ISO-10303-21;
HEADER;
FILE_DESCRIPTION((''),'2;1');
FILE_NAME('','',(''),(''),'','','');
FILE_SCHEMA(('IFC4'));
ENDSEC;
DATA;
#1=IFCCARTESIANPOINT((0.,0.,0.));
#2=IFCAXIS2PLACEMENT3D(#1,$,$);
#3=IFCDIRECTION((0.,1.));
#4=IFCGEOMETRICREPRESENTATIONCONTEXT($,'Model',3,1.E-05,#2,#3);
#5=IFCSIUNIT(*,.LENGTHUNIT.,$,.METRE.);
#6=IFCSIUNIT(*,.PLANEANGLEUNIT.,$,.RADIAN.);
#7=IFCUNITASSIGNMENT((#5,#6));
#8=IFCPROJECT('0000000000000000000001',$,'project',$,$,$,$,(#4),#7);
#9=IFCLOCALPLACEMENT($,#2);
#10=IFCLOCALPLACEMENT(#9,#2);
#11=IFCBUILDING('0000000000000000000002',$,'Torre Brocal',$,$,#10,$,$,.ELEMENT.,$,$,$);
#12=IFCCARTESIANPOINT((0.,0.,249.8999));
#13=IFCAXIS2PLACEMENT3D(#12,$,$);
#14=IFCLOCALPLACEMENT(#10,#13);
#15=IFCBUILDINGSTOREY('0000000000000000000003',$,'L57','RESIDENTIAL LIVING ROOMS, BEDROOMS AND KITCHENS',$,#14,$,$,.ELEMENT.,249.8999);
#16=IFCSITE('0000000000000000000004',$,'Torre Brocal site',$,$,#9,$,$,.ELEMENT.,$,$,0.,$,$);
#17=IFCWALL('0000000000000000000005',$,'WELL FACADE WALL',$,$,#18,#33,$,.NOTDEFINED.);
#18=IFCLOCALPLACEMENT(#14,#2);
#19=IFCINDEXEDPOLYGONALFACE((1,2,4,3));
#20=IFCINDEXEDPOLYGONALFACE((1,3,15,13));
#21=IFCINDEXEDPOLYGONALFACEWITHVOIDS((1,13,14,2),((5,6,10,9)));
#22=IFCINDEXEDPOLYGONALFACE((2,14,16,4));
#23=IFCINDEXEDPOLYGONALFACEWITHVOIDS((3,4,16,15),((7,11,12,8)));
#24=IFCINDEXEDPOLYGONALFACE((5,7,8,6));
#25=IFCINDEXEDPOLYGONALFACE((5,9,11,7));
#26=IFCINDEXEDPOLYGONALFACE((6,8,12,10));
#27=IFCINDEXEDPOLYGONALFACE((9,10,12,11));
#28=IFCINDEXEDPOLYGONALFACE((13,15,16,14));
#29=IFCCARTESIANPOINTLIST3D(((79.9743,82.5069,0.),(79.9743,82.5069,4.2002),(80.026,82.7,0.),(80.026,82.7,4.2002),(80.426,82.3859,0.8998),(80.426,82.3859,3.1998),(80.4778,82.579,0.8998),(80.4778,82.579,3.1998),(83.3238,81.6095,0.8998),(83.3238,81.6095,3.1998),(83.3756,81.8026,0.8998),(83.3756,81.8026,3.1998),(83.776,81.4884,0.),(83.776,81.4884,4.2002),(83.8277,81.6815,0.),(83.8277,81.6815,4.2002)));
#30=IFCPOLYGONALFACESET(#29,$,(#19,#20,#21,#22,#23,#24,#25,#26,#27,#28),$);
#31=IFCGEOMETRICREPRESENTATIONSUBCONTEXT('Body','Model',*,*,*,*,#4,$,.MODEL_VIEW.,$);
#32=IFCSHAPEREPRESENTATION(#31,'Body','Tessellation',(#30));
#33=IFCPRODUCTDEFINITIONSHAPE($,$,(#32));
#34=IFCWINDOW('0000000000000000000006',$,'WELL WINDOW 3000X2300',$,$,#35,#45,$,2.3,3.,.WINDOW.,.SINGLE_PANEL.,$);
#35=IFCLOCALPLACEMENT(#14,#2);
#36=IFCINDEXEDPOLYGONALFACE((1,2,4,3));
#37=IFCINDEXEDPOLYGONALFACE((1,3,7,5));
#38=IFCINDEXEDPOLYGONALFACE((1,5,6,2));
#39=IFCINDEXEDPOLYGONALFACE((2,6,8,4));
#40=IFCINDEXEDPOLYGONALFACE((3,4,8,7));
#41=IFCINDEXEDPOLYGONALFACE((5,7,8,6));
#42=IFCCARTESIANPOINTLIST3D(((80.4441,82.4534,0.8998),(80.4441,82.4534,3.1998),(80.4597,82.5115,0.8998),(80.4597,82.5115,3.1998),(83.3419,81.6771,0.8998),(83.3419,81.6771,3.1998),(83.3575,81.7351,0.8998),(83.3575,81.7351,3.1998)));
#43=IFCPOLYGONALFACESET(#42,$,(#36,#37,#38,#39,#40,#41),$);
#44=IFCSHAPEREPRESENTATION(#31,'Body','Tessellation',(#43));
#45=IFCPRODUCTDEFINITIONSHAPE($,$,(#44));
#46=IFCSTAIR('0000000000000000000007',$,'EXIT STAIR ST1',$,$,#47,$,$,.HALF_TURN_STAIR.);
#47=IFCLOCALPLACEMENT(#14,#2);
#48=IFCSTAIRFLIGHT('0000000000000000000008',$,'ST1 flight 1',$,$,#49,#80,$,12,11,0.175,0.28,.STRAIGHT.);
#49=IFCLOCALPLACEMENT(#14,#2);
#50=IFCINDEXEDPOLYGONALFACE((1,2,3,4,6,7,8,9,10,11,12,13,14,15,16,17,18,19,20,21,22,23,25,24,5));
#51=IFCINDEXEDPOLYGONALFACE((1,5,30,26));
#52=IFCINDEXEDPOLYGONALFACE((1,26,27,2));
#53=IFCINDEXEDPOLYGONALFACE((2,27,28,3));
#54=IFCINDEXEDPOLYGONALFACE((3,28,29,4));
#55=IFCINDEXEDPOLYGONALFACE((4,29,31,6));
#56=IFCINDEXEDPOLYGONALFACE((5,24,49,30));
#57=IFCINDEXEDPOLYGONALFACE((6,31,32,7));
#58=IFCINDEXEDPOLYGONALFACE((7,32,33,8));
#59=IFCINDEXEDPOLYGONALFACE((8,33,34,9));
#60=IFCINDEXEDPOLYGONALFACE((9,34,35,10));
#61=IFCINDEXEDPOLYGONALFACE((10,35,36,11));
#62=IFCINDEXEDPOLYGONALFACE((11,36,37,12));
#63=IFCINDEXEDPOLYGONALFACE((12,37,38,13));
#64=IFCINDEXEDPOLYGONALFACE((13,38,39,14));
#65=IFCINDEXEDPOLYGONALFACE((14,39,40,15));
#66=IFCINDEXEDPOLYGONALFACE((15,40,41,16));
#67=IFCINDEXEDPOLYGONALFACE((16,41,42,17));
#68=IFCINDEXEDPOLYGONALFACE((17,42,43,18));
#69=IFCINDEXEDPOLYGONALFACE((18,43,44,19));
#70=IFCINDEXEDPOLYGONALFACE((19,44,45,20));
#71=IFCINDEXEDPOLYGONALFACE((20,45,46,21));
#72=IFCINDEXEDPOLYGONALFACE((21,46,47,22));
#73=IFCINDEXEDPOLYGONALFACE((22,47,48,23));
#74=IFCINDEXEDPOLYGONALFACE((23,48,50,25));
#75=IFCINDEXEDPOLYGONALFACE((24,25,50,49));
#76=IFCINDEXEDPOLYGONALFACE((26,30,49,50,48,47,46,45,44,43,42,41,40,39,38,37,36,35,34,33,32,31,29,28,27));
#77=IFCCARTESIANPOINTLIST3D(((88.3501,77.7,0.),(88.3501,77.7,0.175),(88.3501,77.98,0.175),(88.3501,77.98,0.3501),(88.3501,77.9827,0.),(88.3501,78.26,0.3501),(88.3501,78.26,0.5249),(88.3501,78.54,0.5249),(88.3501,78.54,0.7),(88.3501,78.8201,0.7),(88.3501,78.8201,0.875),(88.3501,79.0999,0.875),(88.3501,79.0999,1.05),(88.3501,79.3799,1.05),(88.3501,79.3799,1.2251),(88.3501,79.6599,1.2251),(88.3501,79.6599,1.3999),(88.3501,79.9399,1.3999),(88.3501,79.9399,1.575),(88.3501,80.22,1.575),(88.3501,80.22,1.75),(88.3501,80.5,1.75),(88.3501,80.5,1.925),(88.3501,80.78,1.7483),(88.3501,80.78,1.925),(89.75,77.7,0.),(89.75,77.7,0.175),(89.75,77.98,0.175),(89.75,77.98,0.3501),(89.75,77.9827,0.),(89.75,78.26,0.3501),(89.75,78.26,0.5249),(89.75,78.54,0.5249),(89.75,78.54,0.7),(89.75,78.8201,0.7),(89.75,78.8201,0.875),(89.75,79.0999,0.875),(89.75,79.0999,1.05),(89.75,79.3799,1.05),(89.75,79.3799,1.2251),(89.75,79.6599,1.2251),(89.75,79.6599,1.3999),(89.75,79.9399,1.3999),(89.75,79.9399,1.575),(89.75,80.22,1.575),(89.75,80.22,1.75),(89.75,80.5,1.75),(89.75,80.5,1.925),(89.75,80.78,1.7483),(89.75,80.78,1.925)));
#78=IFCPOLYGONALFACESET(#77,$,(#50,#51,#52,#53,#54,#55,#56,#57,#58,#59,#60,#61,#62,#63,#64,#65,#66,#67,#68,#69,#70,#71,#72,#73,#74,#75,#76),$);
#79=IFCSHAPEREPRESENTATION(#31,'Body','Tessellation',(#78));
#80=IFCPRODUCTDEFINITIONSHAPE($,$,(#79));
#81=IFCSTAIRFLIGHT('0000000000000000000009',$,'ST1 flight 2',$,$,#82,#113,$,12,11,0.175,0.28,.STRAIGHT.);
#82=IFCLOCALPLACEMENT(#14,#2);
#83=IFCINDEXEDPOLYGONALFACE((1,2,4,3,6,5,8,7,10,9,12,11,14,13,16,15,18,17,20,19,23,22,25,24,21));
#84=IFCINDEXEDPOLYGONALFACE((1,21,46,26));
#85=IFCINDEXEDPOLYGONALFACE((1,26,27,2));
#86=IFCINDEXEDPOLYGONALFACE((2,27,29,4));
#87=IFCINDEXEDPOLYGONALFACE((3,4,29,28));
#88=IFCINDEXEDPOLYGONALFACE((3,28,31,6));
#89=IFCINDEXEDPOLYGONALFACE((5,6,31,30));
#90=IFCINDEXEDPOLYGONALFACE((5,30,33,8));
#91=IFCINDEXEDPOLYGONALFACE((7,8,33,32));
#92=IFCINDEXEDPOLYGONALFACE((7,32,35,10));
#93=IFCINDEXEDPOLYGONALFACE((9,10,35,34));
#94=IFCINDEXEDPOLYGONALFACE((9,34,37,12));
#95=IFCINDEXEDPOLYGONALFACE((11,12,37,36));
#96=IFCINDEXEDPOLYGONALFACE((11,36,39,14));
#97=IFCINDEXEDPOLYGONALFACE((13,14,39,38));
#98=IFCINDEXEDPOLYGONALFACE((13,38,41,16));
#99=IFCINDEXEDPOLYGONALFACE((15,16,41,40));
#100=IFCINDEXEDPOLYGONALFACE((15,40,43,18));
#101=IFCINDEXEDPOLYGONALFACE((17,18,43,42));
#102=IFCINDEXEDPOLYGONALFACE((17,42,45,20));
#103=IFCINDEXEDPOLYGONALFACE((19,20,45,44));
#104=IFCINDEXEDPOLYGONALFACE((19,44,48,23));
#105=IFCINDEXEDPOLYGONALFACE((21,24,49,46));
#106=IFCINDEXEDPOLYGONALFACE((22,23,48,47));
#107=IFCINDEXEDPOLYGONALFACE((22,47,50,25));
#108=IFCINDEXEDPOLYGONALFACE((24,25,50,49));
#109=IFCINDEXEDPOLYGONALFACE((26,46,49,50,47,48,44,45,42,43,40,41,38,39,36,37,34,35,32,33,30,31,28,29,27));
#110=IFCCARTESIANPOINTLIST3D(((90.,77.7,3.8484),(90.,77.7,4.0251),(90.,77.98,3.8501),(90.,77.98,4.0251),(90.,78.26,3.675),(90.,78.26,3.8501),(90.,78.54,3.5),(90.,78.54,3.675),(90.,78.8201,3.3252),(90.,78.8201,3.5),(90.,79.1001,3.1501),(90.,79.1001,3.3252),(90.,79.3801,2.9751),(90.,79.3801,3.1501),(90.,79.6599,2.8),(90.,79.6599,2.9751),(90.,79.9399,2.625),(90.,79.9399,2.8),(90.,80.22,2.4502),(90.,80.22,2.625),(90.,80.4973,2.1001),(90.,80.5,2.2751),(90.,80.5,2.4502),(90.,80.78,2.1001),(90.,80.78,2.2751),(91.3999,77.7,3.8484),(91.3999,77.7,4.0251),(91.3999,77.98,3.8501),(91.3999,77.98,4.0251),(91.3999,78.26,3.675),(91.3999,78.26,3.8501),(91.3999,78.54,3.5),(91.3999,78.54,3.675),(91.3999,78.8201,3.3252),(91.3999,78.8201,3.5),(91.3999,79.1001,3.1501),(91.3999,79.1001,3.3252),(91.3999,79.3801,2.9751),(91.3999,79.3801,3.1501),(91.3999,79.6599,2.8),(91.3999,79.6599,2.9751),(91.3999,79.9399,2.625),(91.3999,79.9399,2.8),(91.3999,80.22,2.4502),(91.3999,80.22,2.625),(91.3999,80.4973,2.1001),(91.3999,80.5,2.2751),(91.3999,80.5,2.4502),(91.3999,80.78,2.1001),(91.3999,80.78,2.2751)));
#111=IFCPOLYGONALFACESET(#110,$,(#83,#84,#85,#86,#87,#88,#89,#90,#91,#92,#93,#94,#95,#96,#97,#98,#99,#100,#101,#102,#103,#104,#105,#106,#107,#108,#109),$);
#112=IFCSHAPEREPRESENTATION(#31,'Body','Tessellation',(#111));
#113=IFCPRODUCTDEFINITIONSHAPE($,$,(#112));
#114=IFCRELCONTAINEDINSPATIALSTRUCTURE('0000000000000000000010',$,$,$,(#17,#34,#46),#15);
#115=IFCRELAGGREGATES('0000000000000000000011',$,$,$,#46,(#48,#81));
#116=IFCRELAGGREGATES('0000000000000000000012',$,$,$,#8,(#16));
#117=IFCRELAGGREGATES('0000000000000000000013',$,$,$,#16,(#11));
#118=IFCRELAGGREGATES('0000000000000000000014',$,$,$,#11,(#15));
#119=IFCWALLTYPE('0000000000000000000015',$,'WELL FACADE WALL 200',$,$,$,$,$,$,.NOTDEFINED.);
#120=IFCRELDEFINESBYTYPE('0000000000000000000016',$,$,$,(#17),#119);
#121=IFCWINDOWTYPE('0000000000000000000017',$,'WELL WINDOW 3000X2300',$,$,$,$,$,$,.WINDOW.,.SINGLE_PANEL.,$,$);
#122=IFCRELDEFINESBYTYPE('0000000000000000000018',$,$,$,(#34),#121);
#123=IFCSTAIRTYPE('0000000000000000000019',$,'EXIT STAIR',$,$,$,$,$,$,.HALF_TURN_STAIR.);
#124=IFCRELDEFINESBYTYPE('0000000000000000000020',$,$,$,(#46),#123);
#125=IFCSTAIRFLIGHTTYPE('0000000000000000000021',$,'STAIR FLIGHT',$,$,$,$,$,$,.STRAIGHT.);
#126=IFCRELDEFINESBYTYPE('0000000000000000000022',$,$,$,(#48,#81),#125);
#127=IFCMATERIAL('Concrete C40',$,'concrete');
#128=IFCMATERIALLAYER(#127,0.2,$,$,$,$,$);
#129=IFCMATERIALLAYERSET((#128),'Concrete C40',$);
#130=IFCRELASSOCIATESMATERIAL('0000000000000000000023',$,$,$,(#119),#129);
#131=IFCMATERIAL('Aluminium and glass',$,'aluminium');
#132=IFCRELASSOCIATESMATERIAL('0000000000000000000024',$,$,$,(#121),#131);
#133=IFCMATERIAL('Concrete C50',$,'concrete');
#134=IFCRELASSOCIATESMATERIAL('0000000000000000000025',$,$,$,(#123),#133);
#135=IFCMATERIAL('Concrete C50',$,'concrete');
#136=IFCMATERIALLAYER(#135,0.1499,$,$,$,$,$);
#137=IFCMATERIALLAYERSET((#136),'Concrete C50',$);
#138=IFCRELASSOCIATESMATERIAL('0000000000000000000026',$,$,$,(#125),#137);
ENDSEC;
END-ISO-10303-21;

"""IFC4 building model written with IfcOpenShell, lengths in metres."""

from ifc_helpers import new_model, si_unit, direction, frame, frame_2d, origin, place, context, subcontext, project, spatial, polyline, rectangle, outline, extrude, material, layer, layer_set, type_object, element, fill, aggregate, save


model = new_model("IFC4")

# Units and contexts
model_context = context("Model", 3, precision=1e-05, world=origin(), true_north=direction((0.0, 1.0)))
body_context = subcontext(model_context, "Body", "Model", "MODEL_VIEW")
ifc_project = project(units=[si_unit("LENGTHUNIT", "METRE"), si_unit("PLANEANGLEUNIT", "RADIAN")], contexts=[model_context])

# Site, building, storey
site_placement = place(None, origin())
site = spatial("IfcSite", under=ifc_project, at=site_placement, Name="Torre Brocal site", CompositionType="ELEMENT", RefElevation=0.0)
building_placement = place(site_placement, origin())
building = spatial("IfcBuilding", under=site, at=building_placement, Name="Torre Brocal", CompositionType="ELEMENT")
storey_placement = place(building_placement, frame((0.0, 0.0, 249.8999)))
storey = spatial("IfcBuildingStorey", under=building, at=storey_placement, Name="L57", Description="RESIDENTIAL LIVING ROOMS, BEDROOMS AND KITCHENS", CompositionType="ELEMENT", Elevation=249.8999)

# Wall, opening, window
ifc_material_1 = material(Name="Concrete C40", Category="concrete")
ifc_layer_1 = layer(ifc_material_1, 0.2)
ifc_layer_set_1 = layer_set([ifc_layer_1], Name="Concrete C40")
wall_type_1 = type_object("IfcWallType", Name="WELL FACADE WALL 200", PredefinedType="NOTDEFINED", material=ifc_layer_set_1)
ifc_material_2 = material(Name="Aluminium and glass", Category="aluminium")
window_type = type_object("IfcWindowType", Name="WELL WINDOW 3000X2300", PartitioningType="SINGLE_PANEL", PredefinedType="WINDOW", material=ifc_material_2)
wall_1_placement = place(storey_placement, frame((83.8018, 81.585, 0.0), z_axis=(0.0, 0.0, 1.0), x_axis=(-0.965934, 0.25879, 0.0)))
wall_1 = element("IfcWall", 1, at=wall_1_placement, inside=storey, type_object=wall_type_1, Name="WELL FACADE WALL", PredefinedType="NOTDEFINED", context=body_context, shape_type="SweptSolid", body=[
    extrude(rectangle(XDim=3.9358, YDim=0.2, at=frame_2d((1.9678, 0.0))), origin(), (0.0, 0.0, 1.0), 4.2002),
])
opening_1_placement = place(wall_1_placement, frame((0.468, 0.0, 0.8999)))
opening_1 = element("IfcOpeningElement", 2, at=opening_1_placement, cuts=wall_1, PredefinedType="OPENING", context=body_context, shape_type="SweptSolid", body=[
    extrude(rectangle(XDim=3.0, YDim=2.3, at=frame_2d((1.5, 1.1499))), frame((0.0, 0.1099, 0.0), z_axis=(0.0, -1.0, 0.0), x_axis=(1.0, 0.0, 0.0)), (0.0, 0.0, 1.0), 0.22),
])
window_1_placement = place(opening_1_placement, origin())
window_1 = element("IfcWindow", 3, at=window_1_placement, inside=storey, type_object=window_type, Name="WELL WINDOW 3000X2300", OverallHeight=2.3, OverallWidth=3.0, PartitioningType="SINGLE_PANEL", PredefinedType="WINDOW", context=body_context, shape_type="SweptSolid", body=[
    extrude(rectangle(XDim=3.0, YDim=2.3, at=frame_2d((1.5, 1.1499))), frame((0.0, 0.03, 0.0), z_axis=(0.0, -1.0, 0.0), x_axis=(1.0, 0.0, 0.0)), (0.0, 0.0, 1.0), 0.0601),
])
fill(opening_1, window_1)

# Stair, stair flights
ifc_material_3 = material(Name="Concrete C50", Category="concrete")
stair_type = type_object("IfcStairType", Name="EXIT STAIR", PredefinedType="HALF_TURN_STAIR", material=ifc_material_3)
stair_placement = place(storey_placement, origin())
stair = element("IfcStair", 4, at=stair_placement, inside=storey, type_object=stair_type, Name="EXIT STAIR ST1", PredefinedType="HALF_TURN_STAIR")
ifc_material_4 = material(Name="Concrete C50", Category="concrete")
ifc_layer_2 = layer(ifc_material_4, 0.1499)
ifc_layer_set_2 = layer_set([ifc_layer_2], Name="Concrete C50")
stair_flight_type = type_object("IfcStairFlightType", Name="STAIR FLIGHT", PredefinedType="STRAIGHT", material=ifc_layer_set_2)
stair_flight_1_placement = place(storey_placement, frame((89.05, 77.7, 0.0), z_axis=(0.0, 0.0, 1.0), x_axis=(0.0, 1.0, 0.0)))
stair_flight_1 = element("IfcStairFlight", 5, at=stair_flight_1_placement, type_object=stair_flight_type, Name="ST1 flight 1", NumberOfRisers=12, NumberOfTreads=11, PredefinedType="STRAIGHT", RiserHeight=0.175, TreadLength=0.28, context=body_context, shape_type="SweptSolid", body=[
    extrude(outline(polyline([(0.0, 0.0), (0.0, 0.175), (0.28, 0.175), (0.28, 0.3501), (0.5601, 0.3501), (0.5601, 0.5249), (0.8401, 0.5249), (0.8401, 0.7), (1.1201, 0.7), (1.1201, 0.875), (1.3999, 0.875), (1.3999, 1.05), (1.6799, 1.05), (1.6799, 1.2251), (1.96, 1.2251), (1.96, 1.3999), (2.24, 1.3999), (2.24, 1.575), (2.52, 1.575), (2.52, 1.75), (2.8, 1.75), (2.8, 1.925), (3.0801, 1.925), (3.0801, 2.1001), (3.0801, 1.7483), (0.2827, 0.0), (0.0, 0.0)])), frame((0.0, 0.7, 0.0), z_axis=(0.0, -1.0, 0.0), x_axis=(1.0, 0.0, 0.0)), (0.0, 0.0, 1.0), 1.3999),
])
stair_flight_2_placement = place(storey_placement, frame((90.7, 80.78, 2.1001), z_axis=(0.0, 0.0, 1.0), x_axis=(0.0, -1.0, 0.0)))
stair_flight_2 = element("IfcStairFlight", 6, at=stair_flight_2_placement, type_object=stair_flight_type, Name="ST1 flight 2", NumberOfRisers=12, NumberOfTreads=11, PredefinedType="STRAIGHT", RiserHeight=0.175, TreadLength=0.28, context=body_context, shape_type="SweptSolid", body=[
    extrude(outline(polyline([(0.0, 0.0), (0.0, 0.175), (0.28, 0.175), (0.28, 0.3501), (0.5601, 0.3501), (0.5601, 0.5249), (0.8401, 0.5249), (0.8401, 0.7), (1.1201, 0.7), (1.1201, 0.875), (1.3999, 0.875), (1.3999, 1.05), (1.6799, 1.05), (1.6799, 1.2251), (1.96, 1.2251), (1.96, 1.3999), (2.24, 1.3999), (2.24, 1.575), (2.52, 1.575), (2.52, 1.75), (2.8, 1.75), (2.8, 1.925), (3.0801, 1.925), (3.0801, 2.1001), (3.0801, 1.7483), (0.2827, 0.0), (0.0, 0.0)])), frame((0.0, 0.7, 0.0), z_axis=(0.0, -1.0, 0.0), x_axis=(1.0, 0.0, 0.0)), (0.0, 0.0, 1.0), 1.3999),
])
aggregate(stair, [stair_flight_1, stair_flight_2])

save(model, "model.ifc")
